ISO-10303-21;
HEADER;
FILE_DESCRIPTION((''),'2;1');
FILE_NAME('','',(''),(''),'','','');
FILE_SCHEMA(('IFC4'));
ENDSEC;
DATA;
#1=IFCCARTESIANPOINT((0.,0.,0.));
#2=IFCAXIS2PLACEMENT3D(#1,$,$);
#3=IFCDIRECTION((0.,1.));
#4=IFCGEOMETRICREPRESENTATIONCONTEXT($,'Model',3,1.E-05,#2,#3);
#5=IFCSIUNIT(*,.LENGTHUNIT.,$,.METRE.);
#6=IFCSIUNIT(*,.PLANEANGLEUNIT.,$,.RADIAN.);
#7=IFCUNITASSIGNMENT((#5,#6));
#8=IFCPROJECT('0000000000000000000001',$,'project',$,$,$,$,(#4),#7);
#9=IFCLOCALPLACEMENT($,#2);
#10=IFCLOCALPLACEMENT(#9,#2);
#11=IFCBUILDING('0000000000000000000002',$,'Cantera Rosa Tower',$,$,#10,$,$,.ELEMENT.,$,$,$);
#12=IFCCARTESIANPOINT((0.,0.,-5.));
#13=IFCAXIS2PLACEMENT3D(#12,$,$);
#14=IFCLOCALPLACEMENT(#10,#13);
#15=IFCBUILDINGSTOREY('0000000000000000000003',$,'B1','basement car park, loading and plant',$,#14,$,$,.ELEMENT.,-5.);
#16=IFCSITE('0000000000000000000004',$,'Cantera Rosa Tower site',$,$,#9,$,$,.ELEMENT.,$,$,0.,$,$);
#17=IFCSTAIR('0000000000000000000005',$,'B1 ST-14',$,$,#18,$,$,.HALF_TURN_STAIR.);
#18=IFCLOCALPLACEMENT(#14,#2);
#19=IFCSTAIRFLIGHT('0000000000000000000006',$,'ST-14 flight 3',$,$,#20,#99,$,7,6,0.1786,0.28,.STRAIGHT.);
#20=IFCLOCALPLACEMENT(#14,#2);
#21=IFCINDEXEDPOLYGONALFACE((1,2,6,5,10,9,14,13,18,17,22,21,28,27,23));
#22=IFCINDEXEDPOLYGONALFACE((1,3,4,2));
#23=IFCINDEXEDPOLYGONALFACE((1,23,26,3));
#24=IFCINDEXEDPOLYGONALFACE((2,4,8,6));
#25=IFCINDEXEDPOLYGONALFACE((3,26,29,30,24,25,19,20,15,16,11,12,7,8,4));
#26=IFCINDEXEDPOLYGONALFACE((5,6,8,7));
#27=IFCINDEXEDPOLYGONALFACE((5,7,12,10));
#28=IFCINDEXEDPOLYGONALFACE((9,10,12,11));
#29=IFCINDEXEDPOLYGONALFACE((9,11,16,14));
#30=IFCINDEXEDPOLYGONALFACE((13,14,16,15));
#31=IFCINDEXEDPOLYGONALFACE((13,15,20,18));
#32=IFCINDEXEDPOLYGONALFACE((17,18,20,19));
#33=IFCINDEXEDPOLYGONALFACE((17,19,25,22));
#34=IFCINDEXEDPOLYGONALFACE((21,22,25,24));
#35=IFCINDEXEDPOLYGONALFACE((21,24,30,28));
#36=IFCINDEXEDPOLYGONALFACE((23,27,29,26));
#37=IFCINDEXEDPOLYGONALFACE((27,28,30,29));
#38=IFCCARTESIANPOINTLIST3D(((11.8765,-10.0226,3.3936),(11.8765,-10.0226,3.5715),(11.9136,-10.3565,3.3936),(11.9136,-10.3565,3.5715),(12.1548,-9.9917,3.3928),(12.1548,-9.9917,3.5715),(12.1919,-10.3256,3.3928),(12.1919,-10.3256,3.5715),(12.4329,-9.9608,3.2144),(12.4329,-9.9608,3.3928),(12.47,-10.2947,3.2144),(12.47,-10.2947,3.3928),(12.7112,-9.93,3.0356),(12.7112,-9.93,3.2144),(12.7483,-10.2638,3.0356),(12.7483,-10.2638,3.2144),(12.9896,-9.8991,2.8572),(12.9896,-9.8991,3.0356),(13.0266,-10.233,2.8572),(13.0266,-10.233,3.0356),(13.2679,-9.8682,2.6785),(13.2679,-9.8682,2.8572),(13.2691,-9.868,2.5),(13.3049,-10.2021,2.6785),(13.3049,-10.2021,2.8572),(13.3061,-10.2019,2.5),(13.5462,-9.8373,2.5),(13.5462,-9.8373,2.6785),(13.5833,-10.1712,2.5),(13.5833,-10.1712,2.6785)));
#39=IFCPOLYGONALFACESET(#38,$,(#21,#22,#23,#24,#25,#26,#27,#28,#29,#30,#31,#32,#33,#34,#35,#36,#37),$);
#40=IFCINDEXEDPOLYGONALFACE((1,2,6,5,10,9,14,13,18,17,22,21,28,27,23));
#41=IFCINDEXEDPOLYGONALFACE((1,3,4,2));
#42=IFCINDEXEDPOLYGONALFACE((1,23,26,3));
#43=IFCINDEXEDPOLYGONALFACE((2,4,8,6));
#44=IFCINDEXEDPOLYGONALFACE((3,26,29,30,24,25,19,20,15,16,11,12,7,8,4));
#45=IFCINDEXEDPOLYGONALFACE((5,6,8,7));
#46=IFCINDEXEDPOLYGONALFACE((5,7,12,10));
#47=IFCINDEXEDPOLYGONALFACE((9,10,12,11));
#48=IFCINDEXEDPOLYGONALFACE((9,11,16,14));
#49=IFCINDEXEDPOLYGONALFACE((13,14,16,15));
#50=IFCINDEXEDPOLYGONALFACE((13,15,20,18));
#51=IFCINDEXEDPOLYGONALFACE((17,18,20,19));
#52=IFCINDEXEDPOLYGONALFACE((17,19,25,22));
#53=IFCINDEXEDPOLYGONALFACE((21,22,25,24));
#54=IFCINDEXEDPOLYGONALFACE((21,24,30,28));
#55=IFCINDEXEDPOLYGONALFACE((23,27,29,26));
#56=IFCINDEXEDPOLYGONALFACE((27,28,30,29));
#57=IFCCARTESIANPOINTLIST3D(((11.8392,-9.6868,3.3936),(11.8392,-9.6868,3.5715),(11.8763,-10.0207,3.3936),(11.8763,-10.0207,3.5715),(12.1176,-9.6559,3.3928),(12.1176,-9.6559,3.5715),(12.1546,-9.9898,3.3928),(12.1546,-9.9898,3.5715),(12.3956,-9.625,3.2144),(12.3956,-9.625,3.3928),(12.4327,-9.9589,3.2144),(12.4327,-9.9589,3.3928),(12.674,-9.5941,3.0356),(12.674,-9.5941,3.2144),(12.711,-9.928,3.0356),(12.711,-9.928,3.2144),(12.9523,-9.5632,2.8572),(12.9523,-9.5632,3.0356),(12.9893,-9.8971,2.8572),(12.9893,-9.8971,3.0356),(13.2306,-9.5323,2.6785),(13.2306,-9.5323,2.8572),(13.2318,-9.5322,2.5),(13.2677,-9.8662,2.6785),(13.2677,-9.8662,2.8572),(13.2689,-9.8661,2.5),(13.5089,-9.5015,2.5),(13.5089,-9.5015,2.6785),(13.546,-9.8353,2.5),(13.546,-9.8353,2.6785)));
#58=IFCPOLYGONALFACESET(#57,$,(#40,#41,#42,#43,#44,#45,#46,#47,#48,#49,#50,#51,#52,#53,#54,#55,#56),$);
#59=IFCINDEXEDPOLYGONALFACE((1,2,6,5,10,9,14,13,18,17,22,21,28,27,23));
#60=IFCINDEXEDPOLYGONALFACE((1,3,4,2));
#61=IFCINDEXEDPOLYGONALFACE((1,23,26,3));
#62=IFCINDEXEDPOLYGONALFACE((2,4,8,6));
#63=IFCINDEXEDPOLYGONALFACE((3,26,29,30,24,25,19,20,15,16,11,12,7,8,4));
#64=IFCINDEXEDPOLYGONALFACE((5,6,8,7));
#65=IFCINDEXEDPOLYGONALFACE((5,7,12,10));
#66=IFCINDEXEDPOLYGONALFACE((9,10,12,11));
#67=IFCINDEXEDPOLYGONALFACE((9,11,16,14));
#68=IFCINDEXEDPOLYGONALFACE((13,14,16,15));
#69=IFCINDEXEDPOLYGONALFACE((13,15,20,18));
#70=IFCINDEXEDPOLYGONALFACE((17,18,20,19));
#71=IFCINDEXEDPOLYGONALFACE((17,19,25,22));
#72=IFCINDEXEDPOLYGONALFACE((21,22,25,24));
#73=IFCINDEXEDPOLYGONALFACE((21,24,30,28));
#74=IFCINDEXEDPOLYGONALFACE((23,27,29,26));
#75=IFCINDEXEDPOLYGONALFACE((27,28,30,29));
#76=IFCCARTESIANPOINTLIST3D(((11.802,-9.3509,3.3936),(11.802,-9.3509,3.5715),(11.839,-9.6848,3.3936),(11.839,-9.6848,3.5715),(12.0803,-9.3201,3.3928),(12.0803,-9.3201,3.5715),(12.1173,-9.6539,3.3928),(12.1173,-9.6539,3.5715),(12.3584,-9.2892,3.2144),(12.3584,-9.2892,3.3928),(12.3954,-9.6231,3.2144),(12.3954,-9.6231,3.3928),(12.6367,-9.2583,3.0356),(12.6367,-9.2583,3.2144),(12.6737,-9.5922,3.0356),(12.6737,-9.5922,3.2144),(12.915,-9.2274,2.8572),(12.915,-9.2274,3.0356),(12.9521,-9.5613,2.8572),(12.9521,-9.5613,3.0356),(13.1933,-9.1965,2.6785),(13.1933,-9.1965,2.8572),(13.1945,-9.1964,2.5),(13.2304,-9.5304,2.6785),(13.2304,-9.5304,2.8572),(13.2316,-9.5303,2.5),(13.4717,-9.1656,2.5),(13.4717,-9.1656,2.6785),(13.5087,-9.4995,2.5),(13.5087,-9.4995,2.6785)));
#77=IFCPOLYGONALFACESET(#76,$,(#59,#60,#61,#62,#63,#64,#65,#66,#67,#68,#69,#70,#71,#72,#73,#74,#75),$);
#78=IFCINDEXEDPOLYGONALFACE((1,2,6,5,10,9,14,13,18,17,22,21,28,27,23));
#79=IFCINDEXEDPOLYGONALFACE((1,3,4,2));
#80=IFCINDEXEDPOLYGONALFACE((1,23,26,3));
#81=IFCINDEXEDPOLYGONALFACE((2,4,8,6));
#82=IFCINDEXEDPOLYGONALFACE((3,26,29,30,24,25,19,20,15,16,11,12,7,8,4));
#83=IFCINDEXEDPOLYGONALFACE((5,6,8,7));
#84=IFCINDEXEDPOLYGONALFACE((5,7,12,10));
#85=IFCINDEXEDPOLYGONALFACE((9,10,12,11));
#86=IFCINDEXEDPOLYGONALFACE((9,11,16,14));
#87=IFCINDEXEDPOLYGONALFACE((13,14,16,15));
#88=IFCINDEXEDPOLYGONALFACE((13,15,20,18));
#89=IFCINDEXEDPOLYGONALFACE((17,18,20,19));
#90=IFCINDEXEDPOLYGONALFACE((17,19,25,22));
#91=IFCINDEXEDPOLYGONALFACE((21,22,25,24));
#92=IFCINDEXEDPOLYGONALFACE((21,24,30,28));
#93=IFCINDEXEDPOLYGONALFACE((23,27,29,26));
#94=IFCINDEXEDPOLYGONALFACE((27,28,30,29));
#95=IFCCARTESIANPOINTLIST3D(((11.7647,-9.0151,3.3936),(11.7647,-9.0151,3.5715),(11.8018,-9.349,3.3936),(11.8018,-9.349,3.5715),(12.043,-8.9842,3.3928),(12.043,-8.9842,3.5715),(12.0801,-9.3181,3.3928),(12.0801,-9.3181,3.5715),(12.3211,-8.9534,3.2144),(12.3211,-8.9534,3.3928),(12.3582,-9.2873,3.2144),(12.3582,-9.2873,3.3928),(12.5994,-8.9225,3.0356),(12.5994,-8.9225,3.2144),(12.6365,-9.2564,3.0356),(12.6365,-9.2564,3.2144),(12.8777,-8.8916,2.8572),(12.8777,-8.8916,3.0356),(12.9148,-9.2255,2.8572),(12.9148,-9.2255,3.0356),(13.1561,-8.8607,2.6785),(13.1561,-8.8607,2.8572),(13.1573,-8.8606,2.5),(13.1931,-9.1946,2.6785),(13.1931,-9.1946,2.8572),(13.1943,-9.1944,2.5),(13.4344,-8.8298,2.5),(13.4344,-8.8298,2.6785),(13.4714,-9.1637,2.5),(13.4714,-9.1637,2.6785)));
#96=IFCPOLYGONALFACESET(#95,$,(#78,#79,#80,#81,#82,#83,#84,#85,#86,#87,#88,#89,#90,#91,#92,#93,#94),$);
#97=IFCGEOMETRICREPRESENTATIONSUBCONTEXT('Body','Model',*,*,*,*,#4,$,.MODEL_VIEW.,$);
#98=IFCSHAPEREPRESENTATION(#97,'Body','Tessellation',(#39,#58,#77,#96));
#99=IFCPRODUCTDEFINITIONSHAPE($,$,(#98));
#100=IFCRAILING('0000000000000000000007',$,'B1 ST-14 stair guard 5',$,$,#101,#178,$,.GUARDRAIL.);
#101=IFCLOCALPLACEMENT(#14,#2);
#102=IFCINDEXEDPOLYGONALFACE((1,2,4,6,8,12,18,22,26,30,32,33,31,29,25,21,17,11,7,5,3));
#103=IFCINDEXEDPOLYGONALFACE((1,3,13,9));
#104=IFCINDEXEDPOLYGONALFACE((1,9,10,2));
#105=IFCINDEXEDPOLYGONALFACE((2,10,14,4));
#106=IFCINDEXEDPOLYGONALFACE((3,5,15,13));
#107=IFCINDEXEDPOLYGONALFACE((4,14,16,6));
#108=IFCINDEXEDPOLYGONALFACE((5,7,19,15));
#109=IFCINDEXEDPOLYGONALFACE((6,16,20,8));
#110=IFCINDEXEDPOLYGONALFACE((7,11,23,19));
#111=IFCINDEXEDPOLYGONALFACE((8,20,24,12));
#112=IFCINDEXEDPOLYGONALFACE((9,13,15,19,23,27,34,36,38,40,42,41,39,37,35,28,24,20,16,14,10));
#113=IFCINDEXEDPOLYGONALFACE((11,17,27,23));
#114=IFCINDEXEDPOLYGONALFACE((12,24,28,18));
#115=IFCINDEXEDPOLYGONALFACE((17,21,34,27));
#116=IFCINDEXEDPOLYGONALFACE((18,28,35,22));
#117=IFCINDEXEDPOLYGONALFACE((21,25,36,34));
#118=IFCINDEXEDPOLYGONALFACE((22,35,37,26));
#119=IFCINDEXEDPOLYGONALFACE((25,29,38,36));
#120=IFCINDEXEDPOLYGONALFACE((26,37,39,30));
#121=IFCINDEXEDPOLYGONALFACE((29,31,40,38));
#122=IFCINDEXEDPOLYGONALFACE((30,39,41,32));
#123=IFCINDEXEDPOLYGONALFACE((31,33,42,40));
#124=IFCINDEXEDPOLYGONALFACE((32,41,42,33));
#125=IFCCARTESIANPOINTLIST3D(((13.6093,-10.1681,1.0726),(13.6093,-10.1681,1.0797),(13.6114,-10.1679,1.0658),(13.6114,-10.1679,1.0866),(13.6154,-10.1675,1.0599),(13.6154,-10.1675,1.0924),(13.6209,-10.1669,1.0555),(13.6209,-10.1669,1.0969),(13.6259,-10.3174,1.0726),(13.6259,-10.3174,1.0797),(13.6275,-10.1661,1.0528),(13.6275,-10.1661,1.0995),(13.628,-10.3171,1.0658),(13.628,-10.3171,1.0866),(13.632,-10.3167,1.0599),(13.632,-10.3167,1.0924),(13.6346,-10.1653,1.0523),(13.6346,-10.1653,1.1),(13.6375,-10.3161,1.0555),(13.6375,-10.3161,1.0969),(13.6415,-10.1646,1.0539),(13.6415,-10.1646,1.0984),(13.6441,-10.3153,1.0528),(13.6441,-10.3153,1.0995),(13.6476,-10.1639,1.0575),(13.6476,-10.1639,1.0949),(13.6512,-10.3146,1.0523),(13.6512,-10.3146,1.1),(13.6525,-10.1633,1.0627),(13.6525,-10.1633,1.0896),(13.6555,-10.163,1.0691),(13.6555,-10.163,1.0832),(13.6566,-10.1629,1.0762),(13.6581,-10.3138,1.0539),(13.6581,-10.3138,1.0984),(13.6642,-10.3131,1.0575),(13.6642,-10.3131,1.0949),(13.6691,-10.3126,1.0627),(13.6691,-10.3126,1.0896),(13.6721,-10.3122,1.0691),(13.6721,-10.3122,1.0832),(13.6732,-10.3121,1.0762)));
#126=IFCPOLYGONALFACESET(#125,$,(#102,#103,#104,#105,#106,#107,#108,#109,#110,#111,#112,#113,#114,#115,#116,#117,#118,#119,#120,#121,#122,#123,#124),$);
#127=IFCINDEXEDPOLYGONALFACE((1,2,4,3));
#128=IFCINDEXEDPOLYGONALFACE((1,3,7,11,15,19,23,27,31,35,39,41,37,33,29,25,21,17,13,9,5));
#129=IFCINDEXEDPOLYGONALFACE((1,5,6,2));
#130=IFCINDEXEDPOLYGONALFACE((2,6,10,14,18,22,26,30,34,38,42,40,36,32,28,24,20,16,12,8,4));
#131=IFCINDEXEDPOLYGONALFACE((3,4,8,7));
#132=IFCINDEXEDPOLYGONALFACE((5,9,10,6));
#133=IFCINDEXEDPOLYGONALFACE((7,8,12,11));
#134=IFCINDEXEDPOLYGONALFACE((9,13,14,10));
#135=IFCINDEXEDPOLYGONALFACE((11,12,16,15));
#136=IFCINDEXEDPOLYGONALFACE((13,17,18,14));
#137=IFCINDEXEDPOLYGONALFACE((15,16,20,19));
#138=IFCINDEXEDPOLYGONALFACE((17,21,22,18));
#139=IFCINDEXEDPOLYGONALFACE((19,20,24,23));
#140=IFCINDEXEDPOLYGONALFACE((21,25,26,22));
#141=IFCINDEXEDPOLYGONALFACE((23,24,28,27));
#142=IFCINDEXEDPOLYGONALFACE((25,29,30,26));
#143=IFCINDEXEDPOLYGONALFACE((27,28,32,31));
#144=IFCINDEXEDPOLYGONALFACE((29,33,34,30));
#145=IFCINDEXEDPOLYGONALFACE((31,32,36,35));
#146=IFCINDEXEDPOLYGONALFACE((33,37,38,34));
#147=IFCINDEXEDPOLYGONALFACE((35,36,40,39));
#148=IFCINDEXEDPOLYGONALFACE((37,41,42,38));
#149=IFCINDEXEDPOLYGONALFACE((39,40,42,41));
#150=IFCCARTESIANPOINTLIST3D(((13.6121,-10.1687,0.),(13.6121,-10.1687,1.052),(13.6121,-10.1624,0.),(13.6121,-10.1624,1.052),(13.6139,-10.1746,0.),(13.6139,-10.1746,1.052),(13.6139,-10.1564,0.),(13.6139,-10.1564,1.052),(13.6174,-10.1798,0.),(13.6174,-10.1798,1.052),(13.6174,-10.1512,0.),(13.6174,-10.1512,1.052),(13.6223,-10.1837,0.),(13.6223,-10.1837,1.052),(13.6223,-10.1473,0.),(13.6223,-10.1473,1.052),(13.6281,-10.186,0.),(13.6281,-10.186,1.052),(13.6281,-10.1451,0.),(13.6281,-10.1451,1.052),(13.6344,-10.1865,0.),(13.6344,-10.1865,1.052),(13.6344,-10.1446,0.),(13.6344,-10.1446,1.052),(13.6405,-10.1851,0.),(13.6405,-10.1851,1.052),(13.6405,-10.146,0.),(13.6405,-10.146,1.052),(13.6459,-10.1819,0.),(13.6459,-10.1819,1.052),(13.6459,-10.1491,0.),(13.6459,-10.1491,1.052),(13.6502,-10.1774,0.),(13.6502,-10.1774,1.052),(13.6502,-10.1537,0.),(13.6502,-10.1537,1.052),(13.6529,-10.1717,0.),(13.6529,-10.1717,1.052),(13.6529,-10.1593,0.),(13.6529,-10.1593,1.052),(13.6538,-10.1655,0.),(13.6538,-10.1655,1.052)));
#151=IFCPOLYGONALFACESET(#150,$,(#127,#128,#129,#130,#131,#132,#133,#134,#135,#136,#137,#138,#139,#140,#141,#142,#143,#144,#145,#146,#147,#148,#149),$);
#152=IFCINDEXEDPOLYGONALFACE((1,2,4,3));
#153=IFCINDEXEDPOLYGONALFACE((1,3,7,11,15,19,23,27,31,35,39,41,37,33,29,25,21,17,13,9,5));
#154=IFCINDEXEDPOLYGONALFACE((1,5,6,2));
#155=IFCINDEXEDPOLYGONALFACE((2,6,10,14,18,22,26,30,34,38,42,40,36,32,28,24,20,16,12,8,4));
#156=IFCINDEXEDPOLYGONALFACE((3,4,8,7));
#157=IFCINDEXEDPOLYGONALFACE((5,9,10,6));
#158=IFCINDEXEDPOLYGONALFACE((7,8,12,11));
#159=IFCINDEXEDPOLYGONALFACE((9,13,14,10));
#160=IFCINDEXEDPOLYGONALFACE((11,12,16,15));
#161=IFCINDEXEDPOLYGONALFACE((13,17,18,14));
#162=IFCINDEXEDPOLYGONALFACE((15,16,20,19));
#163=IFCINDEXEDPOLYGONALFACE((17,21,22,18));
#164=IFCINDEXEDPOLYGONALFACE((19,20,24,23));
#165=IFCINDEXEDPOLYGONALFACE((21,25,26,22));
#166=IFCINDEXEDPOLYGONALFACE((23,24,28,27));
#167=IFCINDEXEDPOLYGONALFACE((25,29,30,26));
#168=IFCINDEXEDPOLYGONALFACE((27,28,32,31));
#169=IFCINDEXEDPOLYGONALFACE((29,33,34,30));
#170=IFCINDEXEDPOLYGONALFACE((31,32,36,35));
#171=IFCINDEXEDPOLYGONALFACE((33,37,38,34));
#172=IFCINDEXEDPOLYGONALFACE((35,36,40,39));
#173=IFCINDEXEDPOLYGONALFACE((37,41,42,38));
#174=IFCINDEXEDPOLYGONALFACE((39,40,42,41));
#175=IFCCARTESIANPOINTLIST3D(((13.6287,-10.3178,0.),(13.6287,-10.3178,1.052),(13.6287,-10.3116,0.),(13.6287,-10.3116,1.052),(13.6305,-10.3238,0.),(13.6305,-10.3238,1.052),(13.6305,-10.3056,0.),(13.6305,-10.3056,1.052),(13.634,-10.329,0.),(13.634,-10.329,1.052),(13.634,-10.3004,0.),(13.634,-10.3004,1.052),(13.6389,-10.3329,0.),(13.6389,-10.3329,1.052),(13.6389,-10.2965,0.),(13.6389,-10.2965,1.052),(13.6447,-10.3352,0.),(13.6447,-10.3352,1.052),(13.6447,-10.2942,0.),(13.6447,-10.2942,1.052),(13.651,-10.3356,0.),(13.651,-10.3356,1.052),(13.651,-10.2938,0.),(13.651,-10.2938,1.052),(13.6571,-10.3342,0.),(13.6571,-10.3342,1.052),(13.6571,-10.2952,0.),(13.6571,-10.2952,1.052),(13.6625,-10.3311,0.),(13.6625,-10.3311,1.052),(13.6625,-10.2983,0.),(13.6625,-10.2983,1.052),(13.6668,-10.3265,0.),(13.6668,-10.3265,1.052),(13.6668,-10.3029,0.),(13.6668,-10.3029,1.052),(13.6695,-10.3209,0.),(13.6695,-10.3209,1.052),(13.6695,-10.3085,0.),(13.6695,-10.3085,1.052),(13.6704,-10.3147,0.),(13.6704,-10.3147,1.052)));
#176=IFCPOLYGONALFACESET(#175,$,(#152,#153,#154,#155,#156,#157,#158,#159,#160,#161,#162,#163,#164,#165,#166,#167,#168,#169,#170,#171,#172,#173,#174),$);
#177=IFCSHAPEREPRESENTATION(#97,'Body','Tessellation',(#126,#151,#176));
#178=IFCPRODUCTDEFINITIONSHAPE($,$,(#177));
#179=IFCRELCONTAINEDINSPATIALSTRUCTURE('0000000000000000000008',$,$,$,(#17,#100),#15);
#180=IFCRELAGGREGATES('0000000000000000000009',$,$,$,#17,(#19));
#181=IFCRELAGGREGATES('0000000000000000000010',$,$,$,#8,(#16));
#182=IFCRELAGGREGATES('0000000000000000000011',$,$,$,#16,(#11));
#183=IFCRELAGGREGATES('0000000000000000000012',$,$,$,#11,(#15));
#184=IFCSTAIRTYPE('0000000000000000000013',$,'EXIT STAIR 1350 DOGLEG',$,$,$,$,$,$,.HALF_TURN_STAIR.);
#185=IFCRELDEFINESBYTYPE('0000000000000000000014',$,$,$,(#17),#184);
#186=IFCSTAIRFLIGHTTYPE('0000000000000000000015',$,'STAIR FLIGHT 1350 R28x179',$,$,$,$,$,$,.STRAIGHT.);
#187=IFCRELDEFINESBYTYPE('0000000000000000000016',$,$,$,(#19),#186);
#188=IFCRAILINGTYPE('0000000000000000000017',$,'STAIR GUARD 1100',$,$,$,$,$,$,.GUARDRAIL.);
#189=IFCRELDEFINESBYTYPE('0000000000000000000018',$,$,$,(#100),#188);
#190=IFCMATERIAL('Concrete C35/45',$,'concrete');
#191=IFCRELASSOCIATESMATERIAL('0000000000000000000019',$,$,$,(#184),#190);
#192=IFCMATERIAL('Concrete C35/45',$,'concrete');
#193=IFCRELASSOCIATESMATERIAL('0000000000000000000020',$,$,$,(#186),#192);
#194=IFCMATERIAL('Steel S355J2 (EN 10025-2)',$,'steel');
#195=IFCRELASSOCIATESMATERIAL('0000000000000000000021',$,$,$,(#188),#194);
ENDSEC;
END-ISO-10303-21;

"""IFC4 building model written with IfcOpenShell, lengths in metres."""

from ifc_helpers import new_model, si_unit, direction, frame, origin, origin_2d, place, context, subcontext, project, spatial, polyline, circle, outline, extrude, material, type_object, element, aggregate, save


model = new_model("IFC4")

# Units and contexts
model_context = context("Model", 3, precision=1e-05, world=origin(), true_north=direction((0.0, 1.0)))
body_context = subcontext(model_context, "Body", "Model", "MODEL_VIEW")
ifc_project = project(units=[si_unit("LENGTHUNIT", "METRE"), si_unit("PLANEANGLEUNIT", "RADIAN")], contexts=[model_context])

# Site, building, storey
site_placement = place(None, origin())
site = spatial("IfcSite", under=ifc_project, at=site_placement, Name="Cantera Rosa Tower site", CompositionType="ELEMENT", RefElevation=0.0)
building_placement = place(site_placement, origin())
building = spatial("IfcBuilding", under=site, at=building_placement, Name="Cantera Rosa Tower", CompositionType="ELEMENT")
storey_placement = place(building_placement, frame((0.0, 0.0, -5.0)))
storey = spatial("IfcBuildingStorey", under=building, at=storey_placement, Name="B1", Description="basement car park, loading and plant", CompositionType="ELEMENT", Elevation=-5.0)

# Shared definitions
ifc_material_1 = material(Name="Concrete C35/45", Category="concrete")
stair_type = type_object("IfcStairType", Name="EXIT STAIR 1350 DOGLEG", PredefinedType="HALF_TURN_STAIR", material=ifc_material_1)

# Stair, stair flight
stair_1_placement = place(storey_placement, origin())
stair_1 = element("IfcStair", 1, at=stair_1_placement, inside=storey, type_object=stair_type, Name="B1 ST-14", PredefinedType="HALF_TURN_STAIR")
ifc_material_2 = material(Name="Concrete C35/45", Category="concrete")
stair_flight_type = type_object("IfcStairFlightType", Name="STAIR FLIGHT 1350 R28x179", PredefinedType="STRAIGHT", material=ifc_material_2)
stair_flight_1_placement = place(storey_placement, frame((13.5088, -9.5002, 2.5), z_axis=(0.0, 0.0, 1.0), x_axis=(-0.993897, -0.110313, 0.0)))
stair_flight_1 = element("IfcStairFlight", 2, at=stair_flight_1_placement, type_object=stair_flight_type, Name="ST-14 flight 3", NumberOfRisers=7, NumberOfTreads=6, PredefinedType="STRAIGHT", RiserHeight=0.1786, TreadLength=0.28, context=body_context, shape_type="SweptSolid", body=[
    extrude(outline(polyline([(0.0, 0.0), (0.0, 0.1785), (0.28, 0.1785), (0.28, 0.3572), (0.5601, 0.3572), (0.5601, 0.5356), (0.8401, 0.5356), (0.8401, 0.7144), (1.1201, 0.7144), (1.1201, 0.8928), (1.3999, 0.8928), (1.3999, 1.0715), (1.6799, 1.0715), (1.6799, 1.25), (1.6799, 0.8936), (0.2788, 0.0), (0.0, 0.0)])), frame((0.0, 0.675, 0.0), z_axis=(0.0, -1.0, 0.0), x_axis=(1.0, 0.0, 0.0)), (0.0, 0.0, 1.0), 0.3359),
    extrude(outline(polyline([(0.0, 0.0), (0.0, 0.1785), (0.28, 0.1785), (0.28, 0.3572), (0.5601, 0.3572), (0.5601, 0.5356), (0.8401, 0.5356), (0.8401, 0.7144), (1.1201, 0.7144), (1.1201, 0.8928), (1.3999, 0.8928), (1.3999, 1.0715), (1.6799, 1.0715), (1.6799, 1.25), (1.6799, 0.8936), (0.2788, 0.0), (0.0, 0.0)])), frame((0.0, 0.3372, 0.0), z_axis=(0.0, -1.0, 0.0), x_axis=(1.0, 0.0, 0.0)), (0.0, 0.0, 1.0), 0.3359),
    extrude(outline(polyline([(0.0, 0.0), (0.0, 0.1785), (0.28, 0.1785), (0.28, 0.3572), (0.5601, 0.3572), (0.5601, 0.5356), (0.8401, 0.5356), (0.8401, 0.7144), (1.1201, 0.7144), (1.1201, 0.8928), (1.3999, 0.8928), (1.3999, 1.0715), (1.6799, 1.0715), (1.6799, 1.25), (1.6799, 0.8936), (0.2788, 0.0), (0.0, 0.0)])), frame((0.0, -0.0007, 0.0), z_axis=(0.0, -1.0, 0.0), x_axis=(1.0, 0.0, 0.0)), (0.0, 0.0, 1.0), 0.3359),
    extrude(outline(polyline([(0.0, 0.0), (0.0, 0.1785), (0.28, 0.1785), (0.28, 0.3572), (0.5601, 0.3572), (0.5601, 0.5356), (0.8401, 0.5356), (0.8401, 0.7144), (1.1201, 0.7144), (1.1201, 0.8928), (1.3999, 0.8928), (1.3999, 1.0715), (1.6799, 1.0715), (1.6799, 1.25), (1.6799, 0.8936), (0.2788, 0.0), (0.0, 0.0)])), frame((0.0, -0.3386, 0.0), z_axis=(0.0, -1.0, 0.0), x_axis=(1.0, 0.0, 0.0)), (0.0, 0.0, 1.0), 0.3359),
])
aggregate(stair_1, [stair_flight_1])

# Railing
ifc_material_3 = material(Name="Steel S355J2 (EN 10025-2)", Category="steel")
railing_type_1 = type_object("IfcRailingType", Name="STAIR GUARD 1100", PredefinedType="GUARDRAIL", material=ifc_material_3)
railing_1_placement = place(storey_placement, frame((13.6328, -10.1655, 0.0)))
element("IfcRailing", 3, at=railing_1_placement, inside=storey, type_object=railing_type_1, Name="B1 ST-14 stair guard 5", PredefinedType="GUARDRAIL", context=body_context, shape_type="SweptSolid", body=[
    extrude(circle(Radius=0.0239, at=origin_2d()), frame((0.0, 0.0, 1.0762), z_axis=(0.11061, -0.993864, 0.0), x_axis=(0.993864, 0.11061, 0.0)), (0.0, 0.0, 1.0), 0.1501),
    extrude(circle(Radius=0.021, at=origin_2d()), origin(), (0.0, 0.0, 1.0), 1.052),
    extrude(circle(Radius=0.021, at=origin_2d()), frame((0.0166, -0.1492, 0.0)), (0.0, 0.0, 1.0), 1.052),
])

save(model, "model.ifc")
